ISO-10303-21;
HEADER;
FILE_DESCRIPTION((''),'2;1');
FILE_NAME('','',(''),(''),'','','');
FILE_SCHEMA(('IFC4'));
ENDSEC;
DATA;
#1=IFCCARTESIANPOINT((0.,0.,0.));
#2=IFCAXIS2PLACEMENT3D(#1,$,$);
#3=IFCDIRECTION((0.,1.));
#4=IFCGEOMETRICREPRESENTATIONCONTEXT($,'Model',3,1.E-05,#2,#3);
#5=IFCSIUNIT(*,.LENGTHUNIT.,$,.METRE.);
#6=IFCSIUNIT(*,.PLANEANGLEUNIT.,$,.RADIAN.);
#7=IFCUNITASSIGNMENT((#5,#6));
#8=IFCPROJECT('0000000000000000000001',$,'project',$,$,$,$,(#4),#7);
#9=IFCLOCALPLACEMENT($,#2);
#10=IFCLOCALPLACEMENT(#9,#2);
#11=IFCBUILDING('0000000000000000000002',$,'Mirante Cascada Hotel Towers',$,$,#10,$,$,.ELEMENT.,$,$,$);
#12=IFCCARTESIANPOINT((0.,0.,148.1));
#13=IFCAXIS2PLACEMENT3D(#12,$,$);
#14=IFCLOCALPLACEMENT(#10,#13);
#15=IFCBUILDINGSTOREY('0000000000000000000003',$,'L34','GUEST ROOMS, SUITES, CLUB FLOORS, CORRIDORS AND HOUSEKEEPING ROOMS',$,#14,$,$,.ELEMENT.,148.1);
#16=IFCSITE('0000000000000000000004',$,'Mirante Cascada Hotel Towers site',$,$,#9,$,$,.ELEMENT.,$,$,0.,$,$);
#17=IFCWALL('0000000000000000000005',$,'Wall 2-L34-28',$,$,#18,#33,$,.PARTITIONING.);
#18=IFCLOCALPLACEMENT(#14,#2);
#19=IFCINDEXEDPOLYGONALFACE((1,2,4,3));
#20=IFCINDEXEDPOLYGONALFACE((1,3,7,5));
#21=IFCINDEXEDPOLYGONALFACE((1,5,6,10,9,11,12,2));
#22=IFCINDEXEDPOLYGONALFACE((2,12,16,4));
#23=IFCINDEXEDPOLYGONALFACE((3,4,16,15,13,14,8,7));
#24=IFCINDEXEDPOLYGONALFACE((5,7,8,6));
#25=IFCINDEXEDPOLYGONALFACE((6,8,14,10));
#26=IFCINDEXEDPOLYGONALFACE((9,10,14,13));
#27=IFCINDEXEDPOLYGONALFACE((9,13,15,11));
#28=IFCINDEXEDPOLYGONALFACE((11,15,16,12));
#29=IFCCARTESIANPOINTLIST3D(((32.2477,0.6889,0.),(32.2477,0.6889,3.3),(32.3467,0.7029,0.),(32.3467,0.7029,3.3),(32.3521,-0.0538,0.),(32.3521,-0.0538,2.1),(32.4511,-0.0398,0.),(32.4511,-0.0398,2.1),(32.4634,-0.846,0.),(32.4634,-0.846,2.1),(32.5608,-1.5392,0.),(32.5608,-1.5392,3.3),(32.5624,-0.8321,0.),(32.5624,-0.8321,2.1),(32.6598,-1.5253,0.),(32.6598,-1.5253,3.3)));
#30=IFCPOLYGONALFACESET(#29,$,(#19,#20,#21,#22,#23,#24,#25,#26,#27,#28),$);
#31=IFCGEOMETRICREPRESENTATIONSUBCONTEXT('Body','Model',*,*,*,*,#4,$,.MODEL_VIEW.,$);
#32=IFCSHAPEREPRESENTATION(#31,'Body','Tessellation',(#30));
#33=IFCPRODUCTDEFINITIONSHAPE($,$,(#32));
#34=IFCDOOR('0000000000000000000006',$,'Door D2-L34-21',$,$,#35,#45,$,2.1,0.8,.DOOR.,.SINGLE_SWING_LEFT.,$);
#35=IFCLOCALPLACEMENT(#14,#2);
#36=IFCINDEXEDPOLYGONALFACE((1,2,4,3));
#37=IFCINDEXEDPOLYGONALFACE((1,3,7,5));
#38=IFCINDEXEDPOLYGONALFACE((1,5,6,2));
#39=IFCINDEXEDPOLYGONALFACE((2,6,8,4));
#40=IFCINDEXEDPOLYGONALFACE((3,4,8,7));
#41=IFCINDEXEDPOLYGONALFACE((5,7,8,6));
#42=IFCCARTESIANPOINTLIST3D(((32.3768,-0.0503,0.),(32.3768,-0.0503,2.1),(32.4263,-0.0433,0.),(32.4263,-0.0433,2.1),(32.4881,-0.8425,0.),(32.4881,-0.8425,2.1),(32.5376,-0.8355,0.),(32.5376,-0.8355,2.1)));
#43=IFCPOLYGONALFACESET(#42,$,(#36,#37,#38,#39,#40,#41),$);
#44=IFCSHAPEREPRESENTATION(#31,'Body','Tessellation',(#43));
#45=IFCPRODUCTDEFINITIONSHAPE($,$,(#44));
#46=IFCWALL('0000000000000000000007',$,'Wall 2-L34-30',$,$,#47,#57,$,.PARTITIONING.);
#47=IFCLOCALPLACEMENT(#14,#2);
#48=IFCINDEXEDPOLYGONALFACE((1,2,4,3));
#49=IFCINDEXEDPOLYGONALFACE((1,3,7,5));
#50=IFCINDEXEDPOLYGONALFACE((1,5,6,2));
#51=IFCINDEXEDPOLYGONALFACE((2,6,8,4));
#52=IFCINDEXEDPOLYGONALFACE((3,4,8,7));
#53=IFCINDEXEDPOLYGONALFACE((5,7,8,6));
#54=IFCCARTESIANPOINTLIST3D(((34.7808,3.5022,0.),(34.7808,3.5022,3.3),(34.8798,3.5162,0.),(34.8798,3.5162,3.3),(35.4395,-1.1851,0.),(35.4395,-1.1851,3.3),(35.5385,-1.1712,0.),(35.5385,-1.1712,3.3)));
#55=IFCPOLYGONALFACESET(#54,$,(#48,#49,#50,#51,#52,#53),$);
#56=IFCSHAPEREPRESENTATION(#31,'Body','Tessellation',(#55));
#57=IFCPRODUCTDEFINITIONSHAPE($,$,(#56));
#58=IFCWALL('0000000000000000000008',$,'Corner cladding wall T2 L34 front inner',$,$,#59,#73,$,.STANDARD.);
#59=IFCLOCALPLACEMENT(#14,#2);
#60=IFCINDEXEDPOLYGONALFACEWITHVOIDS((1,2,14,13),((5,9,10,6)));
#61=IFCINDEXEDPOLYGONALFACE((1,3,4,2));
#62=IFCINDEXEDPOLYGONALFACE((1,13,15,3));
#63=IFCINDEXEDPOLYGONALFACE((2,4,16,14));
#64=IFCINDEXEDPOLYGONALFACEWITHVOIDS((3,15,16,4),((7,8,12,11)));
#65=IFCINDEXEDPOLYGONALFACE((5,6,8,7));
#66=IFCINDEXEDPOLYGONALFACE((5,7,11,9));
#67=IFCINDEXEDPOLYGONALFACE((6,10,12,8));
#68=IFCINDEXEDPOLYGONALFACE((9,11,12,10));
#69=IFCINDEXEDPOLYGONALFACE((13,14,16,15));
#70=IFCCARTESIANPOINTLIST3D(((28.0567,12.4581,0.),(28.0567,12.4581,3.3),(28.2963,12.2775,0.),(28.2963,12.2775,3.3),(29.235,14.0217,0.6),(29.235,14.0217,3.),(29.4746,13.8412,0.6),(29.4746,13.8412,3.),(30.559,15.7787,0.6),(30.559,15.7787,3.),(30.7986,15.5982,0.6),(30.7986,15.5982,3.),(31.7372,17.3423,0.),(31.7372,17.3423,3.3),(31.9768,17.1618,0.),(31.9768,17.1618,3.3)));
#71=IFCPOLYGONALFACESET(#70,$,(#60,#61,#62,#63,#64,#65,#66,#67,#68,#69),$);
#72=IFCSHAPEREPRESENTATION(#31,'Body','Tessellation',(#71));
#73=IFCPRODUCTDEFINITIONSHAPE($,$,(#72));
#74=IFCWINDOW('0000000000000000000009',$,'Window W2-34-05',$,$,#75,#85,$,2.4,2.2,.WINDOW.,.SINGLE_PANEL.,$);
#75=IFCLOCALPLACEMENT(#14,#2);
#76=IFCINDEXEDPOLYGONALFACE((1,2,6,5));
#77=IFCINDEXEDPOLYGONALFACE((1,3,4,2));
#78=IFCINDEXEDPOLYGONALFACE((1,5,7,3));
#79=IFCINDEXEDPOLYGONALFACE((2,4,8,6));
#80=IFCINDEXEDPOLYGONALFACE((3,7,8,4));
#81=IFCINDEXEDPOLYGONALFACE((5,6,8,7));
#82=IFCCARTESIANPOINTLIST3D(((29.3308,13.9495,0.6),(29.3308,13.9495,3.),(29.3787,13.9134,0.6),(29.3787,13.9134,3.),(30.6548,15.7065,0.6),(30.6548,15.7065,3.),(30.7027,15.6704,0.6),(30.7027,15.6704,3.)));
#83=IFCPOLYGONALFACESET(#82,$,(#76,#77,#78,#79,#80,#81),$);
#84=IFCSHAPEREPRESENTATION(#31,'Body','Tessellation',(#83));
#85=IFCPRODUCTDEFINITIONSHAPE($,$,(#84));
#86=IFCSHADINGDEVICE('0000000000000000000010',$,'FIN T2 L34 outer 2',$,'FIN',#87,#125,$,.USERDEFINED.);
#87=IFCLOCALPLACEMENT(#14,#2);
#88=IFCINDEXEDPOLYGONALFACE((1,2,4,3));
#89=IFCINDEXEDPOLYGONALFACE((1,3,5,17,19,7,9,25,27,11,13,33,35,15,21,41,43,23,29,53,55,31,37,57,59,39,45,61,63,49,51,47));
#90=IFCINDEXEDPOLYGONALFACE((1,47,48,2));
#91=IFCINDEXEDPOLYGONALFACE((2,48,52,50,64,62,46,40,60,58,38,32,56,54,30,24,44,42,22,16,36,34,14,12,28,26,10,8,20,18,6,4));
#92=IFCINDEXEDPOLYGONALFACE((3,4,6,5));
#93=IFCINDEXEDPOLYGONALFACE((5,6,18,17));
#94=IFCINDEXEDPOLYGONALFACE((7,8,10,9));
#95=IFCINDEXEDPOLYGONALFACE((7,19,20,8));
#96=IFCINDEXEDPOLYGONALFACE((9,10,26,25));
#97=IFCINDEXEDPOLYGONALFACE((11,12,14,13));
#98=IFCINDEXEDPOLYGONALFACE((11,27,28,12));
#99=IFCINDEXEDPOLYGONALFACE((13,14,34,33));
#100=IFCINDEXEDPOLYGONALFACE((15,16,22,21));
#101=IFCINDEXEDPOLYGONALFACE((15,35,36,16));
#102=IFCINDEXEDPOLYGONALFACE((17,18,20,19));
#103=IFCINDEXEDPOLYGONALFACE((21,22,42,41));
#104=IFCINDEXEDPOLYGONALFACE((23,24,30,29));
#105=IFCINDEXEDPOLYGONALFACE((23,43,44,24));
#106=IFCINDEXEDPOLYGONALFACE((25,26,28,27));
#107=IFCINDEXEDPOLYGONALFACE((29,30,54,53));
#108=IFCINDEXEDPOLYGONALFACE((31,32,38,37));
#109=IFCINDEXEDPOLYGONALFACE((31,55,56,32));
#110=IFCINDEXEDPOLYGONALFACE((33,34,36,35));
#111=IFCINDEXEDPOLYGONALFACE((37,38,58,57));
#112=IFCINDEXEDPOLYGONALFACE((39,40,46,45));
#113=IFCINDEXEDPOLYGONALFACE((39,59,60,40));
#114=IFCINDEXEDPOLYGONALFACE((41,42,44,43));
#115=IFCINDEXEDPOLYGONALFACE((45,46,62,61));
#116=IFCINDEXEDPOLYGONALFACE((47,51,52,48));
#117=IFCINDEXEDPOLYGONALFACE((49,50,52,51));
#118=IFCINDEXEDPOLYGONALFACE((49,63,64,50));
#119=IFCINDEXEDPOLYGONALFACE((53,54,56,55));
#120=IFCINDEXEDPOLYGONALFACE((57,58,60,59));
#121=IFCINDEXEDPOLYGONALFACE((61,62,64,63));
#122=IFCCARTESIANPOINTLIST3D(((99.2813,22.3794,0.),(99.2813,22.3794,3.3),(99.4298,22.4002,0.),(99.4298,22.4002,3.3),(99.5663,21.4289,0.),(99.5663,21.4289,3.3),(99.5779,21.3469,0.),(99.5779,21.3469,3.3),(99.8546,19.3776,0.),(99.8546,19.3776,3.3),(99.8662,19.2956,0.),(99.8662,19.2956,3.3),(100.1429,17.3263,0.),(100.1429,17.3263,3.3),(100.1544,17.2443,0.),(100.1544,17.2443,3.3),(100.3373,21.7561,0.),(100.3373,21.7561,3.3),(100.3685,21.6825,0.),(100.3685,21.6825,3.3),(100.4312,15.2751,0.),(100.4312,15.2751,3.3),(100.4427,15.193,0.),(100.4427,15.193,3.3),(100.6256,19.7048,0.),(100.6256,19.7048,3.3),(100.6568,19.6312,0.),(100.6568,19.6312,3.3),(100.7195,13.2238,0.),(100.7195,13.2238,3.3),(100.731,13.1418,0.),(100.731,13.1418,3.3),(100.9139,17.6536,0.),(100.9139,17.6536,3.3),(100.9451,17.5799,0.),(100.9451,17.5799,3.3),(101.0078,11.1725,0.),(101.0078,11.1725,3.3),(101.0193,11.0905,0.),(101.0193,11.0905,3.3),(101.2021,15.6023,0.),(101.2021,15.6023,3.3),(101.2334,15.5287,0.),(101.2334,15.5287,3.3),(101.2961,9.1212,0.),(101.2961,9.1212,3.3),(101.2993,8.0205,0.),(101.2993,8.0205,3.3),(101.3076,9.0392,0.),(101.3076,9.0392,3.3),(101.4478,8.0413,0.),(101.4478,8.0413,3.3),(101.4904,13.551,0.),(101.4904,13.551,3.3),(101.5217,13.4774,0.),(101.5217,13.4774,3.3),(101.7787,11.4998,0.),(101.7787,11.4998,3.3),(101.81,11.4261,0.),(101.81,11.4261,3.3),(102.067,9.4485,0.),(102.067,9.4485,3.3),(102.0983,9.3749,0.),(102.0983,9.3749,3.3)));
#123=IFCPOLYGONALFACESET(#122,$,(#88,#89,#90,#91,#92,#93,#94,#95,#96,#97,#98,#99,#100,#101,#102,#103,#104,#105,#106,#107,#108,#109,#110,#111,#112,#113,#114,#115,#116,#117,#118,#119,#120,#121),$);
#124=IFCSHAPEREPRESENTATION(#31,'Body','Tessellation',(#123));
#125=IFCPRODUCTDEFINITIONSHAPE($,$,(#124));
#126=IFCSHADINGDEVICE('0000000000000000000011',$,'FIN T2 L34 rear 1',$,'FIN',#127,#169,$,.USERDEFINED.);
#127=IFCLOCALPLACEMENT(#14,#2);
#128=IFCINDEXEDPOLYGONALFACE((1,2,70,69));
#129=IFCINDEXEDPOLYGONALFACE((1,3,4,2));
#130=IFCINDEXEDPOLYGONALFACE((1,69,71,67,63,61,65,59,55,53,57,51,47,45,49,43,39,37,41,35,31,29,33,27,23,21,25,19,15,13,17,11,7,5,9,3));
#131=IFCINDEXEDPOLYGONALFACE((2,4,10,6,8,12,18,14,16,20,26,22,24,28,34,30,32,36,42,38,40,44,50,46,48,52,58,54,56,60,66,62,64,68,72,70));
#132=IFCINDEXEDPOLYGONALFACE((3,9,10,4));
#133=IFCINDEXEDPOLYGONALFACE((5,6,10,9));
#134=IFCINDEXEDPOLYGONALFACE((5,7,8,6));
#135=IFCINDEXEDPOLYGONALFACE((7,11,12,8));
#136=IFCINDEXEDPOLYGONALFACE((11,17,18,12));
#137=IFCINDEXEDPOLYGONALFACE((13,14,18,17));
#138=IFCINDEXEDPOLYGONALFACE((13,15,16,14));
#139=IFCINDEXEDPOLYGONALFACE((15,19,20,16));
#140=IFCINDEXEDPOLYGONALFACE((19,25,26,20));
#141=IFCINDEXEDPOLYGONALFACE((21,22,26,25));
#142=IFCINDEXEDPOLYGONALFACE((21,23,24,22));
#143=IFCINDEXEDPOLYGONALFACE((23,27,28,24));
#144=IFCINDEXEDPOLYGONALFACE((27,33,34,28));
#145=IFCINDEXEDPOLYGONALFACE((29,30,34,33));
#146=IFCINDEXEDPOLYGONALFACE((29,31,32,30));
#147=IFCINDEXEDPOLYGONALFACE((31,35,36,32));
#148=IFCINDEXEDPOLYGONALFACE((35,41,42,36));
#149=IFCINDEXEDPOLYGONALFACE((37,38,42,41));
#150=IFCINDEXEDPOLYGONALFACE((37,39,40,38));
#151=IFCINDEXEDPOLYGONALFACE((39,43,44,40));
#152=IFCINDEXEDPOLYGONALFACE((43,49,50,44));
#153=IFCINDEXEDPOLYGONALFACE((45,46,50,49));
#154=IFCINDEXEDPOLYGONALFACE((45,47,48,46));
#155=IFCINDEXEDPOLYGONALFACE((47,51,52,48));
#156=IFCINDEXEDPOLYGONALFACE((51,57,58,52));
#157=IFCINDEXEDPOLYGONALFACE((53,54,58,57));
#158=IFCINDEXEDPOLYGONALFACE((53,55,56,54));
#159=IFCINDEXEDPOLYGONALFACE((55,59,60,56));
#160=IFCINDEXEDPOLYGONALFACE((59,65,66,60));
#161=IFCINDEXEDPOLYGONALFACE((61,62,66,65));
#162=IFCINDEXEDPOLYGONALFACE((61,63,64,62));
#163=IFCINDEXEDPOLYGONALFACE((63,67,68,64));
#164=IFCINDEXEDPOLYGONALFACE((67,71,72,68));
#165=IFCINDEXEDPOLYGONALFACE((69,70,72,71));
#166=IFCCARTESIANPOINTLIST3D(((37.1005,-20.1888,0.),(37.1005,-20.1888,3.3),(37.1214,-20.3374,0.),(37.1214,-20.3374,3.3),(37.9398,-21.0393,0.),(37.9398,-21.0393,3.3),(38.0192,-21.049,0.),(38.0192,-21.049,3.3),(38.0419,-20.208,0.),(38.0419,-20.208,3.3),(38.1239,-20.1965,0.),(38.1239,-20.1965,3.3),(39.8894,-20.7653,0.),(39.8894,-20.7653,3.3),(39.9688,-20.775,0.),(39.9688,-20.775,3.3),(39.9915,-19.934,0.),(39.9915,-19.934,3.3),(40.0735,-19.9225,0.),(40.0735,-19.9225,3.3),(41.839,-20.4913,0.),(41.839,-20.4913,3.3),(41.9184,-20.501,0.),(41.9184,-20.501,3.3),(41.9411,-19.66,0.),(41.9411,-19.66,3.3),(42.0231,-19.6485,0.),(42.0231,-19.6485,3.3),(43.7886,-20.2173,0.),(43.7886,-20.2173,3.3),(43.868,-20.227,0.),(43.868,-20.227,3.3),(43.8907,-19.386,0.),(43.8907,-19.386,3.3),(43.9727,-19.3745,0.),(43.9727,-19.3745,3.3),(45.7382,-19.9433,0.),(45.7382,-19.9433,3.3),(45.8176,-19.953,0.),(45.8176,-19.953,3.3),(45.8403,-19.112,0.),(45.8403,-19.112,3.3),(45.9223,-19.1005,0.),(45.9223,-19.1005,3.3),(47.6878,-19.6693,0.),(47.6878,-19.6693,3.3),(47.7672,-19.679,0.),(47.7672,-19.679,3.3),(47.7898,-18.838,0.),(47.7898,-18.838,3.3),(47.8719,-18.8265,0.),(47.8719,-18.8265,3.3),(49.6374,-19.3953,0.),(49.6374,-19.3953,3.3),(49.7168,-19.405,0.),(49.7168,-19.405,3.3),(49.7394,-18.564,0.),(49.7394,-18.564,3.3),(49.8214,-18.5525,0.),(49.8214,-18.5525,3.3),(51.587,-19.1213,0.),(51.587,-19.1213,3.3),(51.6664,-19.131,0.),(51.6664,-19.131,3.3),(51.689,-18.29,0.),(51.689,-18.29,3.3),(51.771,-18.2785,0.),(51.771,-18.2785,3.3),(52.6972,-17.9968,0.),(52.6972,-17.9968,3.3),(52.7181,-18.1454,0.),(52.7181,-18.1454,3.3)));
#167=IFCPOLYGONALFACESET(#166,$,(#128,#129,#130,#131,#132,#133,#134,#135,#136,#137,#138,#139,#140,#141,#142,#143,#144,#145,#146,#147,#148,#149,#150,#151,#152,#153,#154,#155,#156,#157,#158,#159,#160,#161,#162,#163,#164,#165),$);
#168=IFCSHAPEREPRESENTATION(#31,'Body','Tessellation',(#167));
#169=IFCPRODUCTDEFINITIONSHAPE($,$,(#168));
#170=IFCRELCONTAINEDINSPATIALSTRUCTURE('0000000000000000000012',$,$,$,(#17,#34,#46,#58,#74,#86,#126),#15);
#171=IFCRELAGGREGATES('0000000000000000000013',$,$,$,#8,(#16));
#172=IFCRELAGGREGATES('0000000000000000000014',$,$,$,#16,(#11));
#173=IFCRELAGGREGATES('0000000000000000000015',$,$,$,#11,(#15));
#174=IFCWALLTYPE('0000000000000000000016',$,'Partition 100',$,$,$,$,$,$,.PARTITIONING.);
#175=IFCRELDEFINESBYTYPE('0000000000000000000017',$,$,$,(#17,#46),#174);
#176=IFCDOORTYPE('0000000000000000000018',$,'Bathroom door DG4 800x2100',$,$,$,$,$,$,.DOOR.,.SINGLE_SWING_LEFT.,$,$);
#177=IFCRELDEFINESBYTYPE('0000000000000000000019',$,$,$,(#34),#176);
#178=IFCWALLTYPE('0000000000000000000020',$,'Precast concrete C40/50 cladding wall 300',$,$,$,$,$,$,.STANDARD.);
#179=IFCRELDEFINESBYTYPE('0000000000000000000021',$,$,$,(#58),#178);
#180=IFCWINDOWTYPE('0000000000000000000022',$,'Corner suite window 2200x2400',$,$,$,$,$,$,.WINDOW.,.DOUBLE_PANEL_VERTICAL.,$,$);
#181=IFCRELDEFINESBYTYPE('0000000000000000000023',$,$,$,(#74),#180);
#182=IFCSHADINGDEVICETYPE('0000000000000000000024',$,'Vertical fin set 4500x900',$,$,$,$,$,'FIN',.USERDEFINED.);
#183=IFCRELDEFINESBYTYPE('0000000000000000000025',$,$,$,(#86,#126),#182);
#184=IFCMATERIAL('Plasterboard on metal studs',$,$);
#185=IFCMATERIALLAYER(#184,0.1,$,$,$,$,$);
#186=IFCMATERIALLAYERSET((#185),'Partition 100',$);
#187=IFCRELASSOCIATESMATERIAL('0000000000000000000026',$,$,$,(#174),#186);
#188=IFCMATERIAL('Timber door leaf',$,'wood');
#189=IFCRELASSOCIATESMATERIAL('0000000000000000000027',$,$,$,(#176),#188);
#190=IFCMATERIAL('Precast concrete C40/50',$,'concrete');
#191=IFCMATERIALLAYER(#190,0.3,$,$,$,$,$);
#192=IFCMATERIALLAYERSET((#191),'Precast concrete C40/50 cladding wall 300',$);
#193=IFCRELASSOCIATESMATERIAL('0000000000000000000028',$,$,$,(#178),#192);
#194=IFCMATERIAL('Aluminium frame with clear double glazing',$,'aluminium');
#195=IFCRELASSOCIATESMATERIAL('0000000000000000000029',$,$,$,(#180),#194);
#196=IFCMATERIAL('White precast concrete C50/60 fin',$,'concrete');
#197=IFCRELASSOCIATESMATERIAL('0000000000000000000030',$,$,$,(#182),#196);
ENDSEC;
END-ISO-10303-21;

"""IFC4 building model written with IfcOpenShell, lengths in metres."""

from ifc_helpers import new_model, si_unit, direction, frame, frame_2d, origin, place, context, subcontext, project, spatial, polyline, rectangle, outline, extrude, material, layer, layer_set, type_object, element, fill, save


model = new_model("IFC4")

# Units and contexts
model_context = context("Model", 3, precision=1e-05, world=origin(), true_north=direction((0.0, 1.0)))
body_context = subcontext(model_context, "Body", "Model", "MODEL_VIEW")
ifc_project = project(units=[si_unit("LENGTHUNIT", "METRE"), si_unit("PLANEANGLEUNIT", "RADIAN")], contexts=[model_context])

# Site, building, storey
site_placement = place(None, origin())
site = spatial("IfcSite", under=ifc_project, at=site_placement, Name="Mirante Cascada Hotel Towers site", CompositionType="ELEMENT", RefElevation=0.0)
building_placement = place(site_placement, origin())
building = spatial("IfcBuilding", under=site, at=building_placement, Name="Mirante Cascada Hotel Towers", CompositionType="ELEMENT")
storey_placement = place(building_placement, frame((0.0, 0.0, 148.1)))
storey = spatial("IfcBuildingStorey", under=building, at=storey_placement, Name="L34", Description="GUEST ROOMS, SUITES, CLUB FLOORS, CORRIDORS AND HOUSEKEEPING ROOMS", CompositionType="ELEMENT", Elevation=148.1)

# Shared definitions
ifc_material_1 = material(Name="Plasterboard on metal studs")
ifc_layer_1 = layer(ifc_material_1, 0.1)
ifc_layer_set_1 = layer_set([ifc_layer_1], Name="Partition 100")
wall_type_1 = type_object("IfcWallType", Name="Partition 100", PredefinedType="PARTITIONING", material=ifc_layer_set_1)

# Wall, opening, door
wall_1_placement = place(storey_placement, frame((32.2972, 0.6959, 0.0), z_axis=(0.0, 0.0, 1.0), x_axis=(0.139156, -0.990271, 0.0)))
wall_1 = element("IfcWall", 1, at=wall_1_placement, inside=storey, type_object=wall_type_1, Name="Wall 2-L34-28", PredefinedType="PARTITIONING", context=body_context, shape_type="SweptSolid", body=[
    extrude(rectangle(XDim=2.25, YDim=0.1, at=frame_2d((1.125, 0.0))), origin(), (0.0, 0.0, 1.0), 3.3),
])
opening_1_placement = place(wall_1_placement, frame((0.75, 0.0, 0.0)))
opening_1 = element("IfcOpeningElement", 2, at=opening_1_placement, cuts=wall_1, PredefinedType="OPENING", context=body_context, shape_type="SweptSolid", body=[
    extrude(rectangle(XDim=0.8, YDim=2.1, at=frame_2d((0.4, 1.05))), frame((0.0, 0.05, 0.0), z_axis=(0.0, -1.0, 0.0), x_axis=(1.0, 0.0, 0.0)), (0.0, 0.0, 1.0), 0.1),
])
ifc_material_2 = material(Name="Timber door leaf", Category="wood")
door_type_1 = type_object("IfcDoorType", Name="Bathroom door DG4 800x2100", OperationType="SINGLE_SWING_LEFT", PredefinedType="DOOR", material=ifc_material_2)
door_1_placement = place(opening_1_placement, origin())
door_1 = element("IfcDoor", 3, at=door_1_placement, inside=storey, type_object=door_type_1, Name="Door D2-L34-21", OperationType="SINGLE_SWING_LEFT", OverallHeight=2.1, OverallWidth=0.8, PredefinedType="DOOR", context=body_context, shape_type="SweptSolid", body=[
    extrude(rectangle(XDim=0.8, YDim=2.1, at=frame_2d((0.4, 1.05))), frame((0.0, 0.025, 0.0), z_axis=(0.0, -1.0, 0.0), x_axis=(1.0, 0.0, 0.0)), (0.0, 0.0, 1.0), 0.05),
])
fill(opening_1, door_1)

# Wall
wall_2_placement = place(storey_placement, frame((34.8303, 3.5092, 0.0), z_axis=(0.0, 0.0, 1.0), x_axis=(0.139161, -0.99027, 0.0)))
element("IfcWall", 4, at=wall_2_placement, inside=storey, type_object=wall_type_1, Name="Wall 2-L34-30", PredefinedType="PARTITIONING", context=body_context, shape_type="SweptSolid", body=[
    extrude(rectangle(XDim=4.7334, YDim=0.1, at=frame_2d((2.3667, 0.0))), origin(), (0.0, 0.0, 1.0), 3.3),
])

# Wall, opening, window
ifc_material_3 = material(Name="Precast concrete C40/50", Category="concrete")
ifc_layer_2 = layer(ifc_material_3, 0.3)
ifc_layer_set_2 = layer_set([ifc_layer_2], Name="Precast concrete C40/50 cladding wall 300")
wall_type_2 = type_object("IfcWallType", Name="Precast concrete C40/50 cladding wall 300", PredefinedType="STANDARD", material=ifc_layer_set_2)
wall_3_placement = place(storey_placement, frame((31.857, 17.252, 0.0), z_axis=(0.0, 0.0, 1.0), x_axis=(-0.601814, -0.798636, 0.0)))
wall_3 = element("IfcWall", 5, at=wall_3_placement, inside=storey, type_object=wall_type_2, Name="Corner cladding wall T2 L34 front inner", PredefinedType="STANDARD", context=body_context, shape_type="SweptSolid", body=[
    extrude(rectangle(XDim=6.1157, YDim=0.3, at=frame_2d((3.0578, 0.0))), origin(), (0.0, 0.0, 1.0), 3.3),
])
opening_2_placement = place(wall_3_placement, frame((1.9578, 0.0, 0.6)))
opening_2 = element("IfcOpeningElement", 6, at=opening_2_placement, cuts=wall_3, PredefinedType="OPENING", context=body_context, shape_type="SweptSolid", body=[
    extrude(rectangle(XDim=2.2, YDim=2.4, at=frame_2d((1.1, 1.2))), frame((0.0, 0.15, 0.0), z_axis=(0.0, -1.0, 0.0), x_axis=(1.0, 0.0, 0.0)), (0.0, 0.0, 1.0), 0.3),
])
ifc_material_4 = material(Name="Aluminium frame with clear double glazing", Category="aluminium")
window_type = type_object("IfcWindowType", Name="Corner suite window 2200x2400", PartitioningType="DOUBLE_PANEL_VERTICAL", PredefinedType="WINDOW", material=ifc_material_4)
window_placement = place(opening_2_placement, origin())
window = element("IfcWindow", 7, at=window_placement, inside=storey, type_object=window_type, Name="Window W2-34-05", OverallHeight=2.4, OverallWidth=2.2, PartitioningType="SINGLE_PANEL", PredefinedType="WINDOW", context=body_context, shape_type="SweptSolid", body=[
    extrude(rectangle(XDim=2.2, YDim=2.4, at=frame_2d((1.1, 1.2))), frame((0.0, 0.03, 0.0), z_axis=(0.0, -1.0, 0.0), x_axis=(1.0, 0.0, 0.0)), (0.0, 0.0, 1.0), 0.06),
])
fill(opening_2, window)

# Shading devices
ifc_material_5 = material(Name="White precast concrete C50/60 fin", Category="concrete")
shading_device_type = type_object("IfcShadingDeviceType", Name="Vertical fin set 4500x900", ElementType="FIN", PredefinedType="USERDEFINED", material=ifc_material_5)
shading_device_1_placement = place(storey_placement, origin())
element("IfcShadingDevice", 8, at=shading_device_1_placement, inside=storey, type_object=shading_device_type, Name="FIN T2 L34 outer 2", ObjectType="FIN", PredefinedType="USERDEFINED", context=body_context, shape_type="SweptSolid", body=[
    extrude(outline(polyline([(102.0983, 9.3749), (101.3076, 9.0392), (101.4478, 8.0413), (101.2993, 8.0205), (99.2813, 22.3794), (99.4298, 22.4002), (99.5663, 21.4289), (100.3373, 21.7561), (100.3685, 21.6825), (99.5779, 21.3469), (99.8546, 19.3776), (100.6256, 19.7048), (100.6568, 19.6312), (99.8662, 19.2956), (100.1429, 17.3263), (100.9139, 17.6536), (100.9451, 17.5799), (100.1544, 17.2443), (100.4312, 15.2751), (101.2021, 15.6023), (101.2334, 15.5287), (100.4427, 15.193), (100.7195, 13.2238), (101.4904, 13.551), (101.5217, 13.4774), (100.731, 13.1418), (101.0078, 11.1725), (101.7787, 11.4998), (101.81, 11.4261), (101.0193, 11.0905), (101.2961, 9.1212), (102.067, 9.4485), (102.0983, 9.3749)])), origin(), (0.0, 0.0, 1.0), 3.3),
])
shading_device_2_placement = place(storey_placement, origin())
element("IfcShadingDevice", 9, at=shading_device_2_placement, inside=storey, type_object=shading_device_type, Name="FIN T2 L34 rear 1", ObjectType="FIN", PredefinedType="USERDEFINED", context=body_context, shape_type="SweptSolid", body=[
    extrude(outline(polyline([(37.9398, -21.0393), (38.0419, -20.208), (37.1214, -20.3374), (37.1005, -20.1888), (52.6972, -17.9968), (52.7181, -18.1454), (51.771, -18.2785), (51.6664, -19.131), (51.587, -19.1213), (51.689, -18.29), (49.8214, -18.5525), (49.7168, -19.405), (49.6374, -19.3953), (49.7394, -18.564), (47.8719, -18.8265), (47.7672, -19.679), (47.6878, -19.6693), (47.7898, -18.838), (45.9223, -19.1005), (45.8176, -19.953), (45.7382, -19.9433), (45.8403, -19.112), (43.9727, -19.3745), (43.868, -20.227), (43.7886, -20.2173), (43.8907, -19.386), (42.0231, -19.6485), (41.9184, -20.501), (41.839, -20.4913), (41.9411, -19.66), (40.0735, -19.9225), (39.9688, -20.775), (39.8894, -20.7653), (39.9915, -19.934), (38.1239, -20.1965), (38.0192, -21.049), (37.9398, -21.0393)])), origin(), (0.0, 0.0, 1.0), 3.3),
])

save(model, "model.ifc")
